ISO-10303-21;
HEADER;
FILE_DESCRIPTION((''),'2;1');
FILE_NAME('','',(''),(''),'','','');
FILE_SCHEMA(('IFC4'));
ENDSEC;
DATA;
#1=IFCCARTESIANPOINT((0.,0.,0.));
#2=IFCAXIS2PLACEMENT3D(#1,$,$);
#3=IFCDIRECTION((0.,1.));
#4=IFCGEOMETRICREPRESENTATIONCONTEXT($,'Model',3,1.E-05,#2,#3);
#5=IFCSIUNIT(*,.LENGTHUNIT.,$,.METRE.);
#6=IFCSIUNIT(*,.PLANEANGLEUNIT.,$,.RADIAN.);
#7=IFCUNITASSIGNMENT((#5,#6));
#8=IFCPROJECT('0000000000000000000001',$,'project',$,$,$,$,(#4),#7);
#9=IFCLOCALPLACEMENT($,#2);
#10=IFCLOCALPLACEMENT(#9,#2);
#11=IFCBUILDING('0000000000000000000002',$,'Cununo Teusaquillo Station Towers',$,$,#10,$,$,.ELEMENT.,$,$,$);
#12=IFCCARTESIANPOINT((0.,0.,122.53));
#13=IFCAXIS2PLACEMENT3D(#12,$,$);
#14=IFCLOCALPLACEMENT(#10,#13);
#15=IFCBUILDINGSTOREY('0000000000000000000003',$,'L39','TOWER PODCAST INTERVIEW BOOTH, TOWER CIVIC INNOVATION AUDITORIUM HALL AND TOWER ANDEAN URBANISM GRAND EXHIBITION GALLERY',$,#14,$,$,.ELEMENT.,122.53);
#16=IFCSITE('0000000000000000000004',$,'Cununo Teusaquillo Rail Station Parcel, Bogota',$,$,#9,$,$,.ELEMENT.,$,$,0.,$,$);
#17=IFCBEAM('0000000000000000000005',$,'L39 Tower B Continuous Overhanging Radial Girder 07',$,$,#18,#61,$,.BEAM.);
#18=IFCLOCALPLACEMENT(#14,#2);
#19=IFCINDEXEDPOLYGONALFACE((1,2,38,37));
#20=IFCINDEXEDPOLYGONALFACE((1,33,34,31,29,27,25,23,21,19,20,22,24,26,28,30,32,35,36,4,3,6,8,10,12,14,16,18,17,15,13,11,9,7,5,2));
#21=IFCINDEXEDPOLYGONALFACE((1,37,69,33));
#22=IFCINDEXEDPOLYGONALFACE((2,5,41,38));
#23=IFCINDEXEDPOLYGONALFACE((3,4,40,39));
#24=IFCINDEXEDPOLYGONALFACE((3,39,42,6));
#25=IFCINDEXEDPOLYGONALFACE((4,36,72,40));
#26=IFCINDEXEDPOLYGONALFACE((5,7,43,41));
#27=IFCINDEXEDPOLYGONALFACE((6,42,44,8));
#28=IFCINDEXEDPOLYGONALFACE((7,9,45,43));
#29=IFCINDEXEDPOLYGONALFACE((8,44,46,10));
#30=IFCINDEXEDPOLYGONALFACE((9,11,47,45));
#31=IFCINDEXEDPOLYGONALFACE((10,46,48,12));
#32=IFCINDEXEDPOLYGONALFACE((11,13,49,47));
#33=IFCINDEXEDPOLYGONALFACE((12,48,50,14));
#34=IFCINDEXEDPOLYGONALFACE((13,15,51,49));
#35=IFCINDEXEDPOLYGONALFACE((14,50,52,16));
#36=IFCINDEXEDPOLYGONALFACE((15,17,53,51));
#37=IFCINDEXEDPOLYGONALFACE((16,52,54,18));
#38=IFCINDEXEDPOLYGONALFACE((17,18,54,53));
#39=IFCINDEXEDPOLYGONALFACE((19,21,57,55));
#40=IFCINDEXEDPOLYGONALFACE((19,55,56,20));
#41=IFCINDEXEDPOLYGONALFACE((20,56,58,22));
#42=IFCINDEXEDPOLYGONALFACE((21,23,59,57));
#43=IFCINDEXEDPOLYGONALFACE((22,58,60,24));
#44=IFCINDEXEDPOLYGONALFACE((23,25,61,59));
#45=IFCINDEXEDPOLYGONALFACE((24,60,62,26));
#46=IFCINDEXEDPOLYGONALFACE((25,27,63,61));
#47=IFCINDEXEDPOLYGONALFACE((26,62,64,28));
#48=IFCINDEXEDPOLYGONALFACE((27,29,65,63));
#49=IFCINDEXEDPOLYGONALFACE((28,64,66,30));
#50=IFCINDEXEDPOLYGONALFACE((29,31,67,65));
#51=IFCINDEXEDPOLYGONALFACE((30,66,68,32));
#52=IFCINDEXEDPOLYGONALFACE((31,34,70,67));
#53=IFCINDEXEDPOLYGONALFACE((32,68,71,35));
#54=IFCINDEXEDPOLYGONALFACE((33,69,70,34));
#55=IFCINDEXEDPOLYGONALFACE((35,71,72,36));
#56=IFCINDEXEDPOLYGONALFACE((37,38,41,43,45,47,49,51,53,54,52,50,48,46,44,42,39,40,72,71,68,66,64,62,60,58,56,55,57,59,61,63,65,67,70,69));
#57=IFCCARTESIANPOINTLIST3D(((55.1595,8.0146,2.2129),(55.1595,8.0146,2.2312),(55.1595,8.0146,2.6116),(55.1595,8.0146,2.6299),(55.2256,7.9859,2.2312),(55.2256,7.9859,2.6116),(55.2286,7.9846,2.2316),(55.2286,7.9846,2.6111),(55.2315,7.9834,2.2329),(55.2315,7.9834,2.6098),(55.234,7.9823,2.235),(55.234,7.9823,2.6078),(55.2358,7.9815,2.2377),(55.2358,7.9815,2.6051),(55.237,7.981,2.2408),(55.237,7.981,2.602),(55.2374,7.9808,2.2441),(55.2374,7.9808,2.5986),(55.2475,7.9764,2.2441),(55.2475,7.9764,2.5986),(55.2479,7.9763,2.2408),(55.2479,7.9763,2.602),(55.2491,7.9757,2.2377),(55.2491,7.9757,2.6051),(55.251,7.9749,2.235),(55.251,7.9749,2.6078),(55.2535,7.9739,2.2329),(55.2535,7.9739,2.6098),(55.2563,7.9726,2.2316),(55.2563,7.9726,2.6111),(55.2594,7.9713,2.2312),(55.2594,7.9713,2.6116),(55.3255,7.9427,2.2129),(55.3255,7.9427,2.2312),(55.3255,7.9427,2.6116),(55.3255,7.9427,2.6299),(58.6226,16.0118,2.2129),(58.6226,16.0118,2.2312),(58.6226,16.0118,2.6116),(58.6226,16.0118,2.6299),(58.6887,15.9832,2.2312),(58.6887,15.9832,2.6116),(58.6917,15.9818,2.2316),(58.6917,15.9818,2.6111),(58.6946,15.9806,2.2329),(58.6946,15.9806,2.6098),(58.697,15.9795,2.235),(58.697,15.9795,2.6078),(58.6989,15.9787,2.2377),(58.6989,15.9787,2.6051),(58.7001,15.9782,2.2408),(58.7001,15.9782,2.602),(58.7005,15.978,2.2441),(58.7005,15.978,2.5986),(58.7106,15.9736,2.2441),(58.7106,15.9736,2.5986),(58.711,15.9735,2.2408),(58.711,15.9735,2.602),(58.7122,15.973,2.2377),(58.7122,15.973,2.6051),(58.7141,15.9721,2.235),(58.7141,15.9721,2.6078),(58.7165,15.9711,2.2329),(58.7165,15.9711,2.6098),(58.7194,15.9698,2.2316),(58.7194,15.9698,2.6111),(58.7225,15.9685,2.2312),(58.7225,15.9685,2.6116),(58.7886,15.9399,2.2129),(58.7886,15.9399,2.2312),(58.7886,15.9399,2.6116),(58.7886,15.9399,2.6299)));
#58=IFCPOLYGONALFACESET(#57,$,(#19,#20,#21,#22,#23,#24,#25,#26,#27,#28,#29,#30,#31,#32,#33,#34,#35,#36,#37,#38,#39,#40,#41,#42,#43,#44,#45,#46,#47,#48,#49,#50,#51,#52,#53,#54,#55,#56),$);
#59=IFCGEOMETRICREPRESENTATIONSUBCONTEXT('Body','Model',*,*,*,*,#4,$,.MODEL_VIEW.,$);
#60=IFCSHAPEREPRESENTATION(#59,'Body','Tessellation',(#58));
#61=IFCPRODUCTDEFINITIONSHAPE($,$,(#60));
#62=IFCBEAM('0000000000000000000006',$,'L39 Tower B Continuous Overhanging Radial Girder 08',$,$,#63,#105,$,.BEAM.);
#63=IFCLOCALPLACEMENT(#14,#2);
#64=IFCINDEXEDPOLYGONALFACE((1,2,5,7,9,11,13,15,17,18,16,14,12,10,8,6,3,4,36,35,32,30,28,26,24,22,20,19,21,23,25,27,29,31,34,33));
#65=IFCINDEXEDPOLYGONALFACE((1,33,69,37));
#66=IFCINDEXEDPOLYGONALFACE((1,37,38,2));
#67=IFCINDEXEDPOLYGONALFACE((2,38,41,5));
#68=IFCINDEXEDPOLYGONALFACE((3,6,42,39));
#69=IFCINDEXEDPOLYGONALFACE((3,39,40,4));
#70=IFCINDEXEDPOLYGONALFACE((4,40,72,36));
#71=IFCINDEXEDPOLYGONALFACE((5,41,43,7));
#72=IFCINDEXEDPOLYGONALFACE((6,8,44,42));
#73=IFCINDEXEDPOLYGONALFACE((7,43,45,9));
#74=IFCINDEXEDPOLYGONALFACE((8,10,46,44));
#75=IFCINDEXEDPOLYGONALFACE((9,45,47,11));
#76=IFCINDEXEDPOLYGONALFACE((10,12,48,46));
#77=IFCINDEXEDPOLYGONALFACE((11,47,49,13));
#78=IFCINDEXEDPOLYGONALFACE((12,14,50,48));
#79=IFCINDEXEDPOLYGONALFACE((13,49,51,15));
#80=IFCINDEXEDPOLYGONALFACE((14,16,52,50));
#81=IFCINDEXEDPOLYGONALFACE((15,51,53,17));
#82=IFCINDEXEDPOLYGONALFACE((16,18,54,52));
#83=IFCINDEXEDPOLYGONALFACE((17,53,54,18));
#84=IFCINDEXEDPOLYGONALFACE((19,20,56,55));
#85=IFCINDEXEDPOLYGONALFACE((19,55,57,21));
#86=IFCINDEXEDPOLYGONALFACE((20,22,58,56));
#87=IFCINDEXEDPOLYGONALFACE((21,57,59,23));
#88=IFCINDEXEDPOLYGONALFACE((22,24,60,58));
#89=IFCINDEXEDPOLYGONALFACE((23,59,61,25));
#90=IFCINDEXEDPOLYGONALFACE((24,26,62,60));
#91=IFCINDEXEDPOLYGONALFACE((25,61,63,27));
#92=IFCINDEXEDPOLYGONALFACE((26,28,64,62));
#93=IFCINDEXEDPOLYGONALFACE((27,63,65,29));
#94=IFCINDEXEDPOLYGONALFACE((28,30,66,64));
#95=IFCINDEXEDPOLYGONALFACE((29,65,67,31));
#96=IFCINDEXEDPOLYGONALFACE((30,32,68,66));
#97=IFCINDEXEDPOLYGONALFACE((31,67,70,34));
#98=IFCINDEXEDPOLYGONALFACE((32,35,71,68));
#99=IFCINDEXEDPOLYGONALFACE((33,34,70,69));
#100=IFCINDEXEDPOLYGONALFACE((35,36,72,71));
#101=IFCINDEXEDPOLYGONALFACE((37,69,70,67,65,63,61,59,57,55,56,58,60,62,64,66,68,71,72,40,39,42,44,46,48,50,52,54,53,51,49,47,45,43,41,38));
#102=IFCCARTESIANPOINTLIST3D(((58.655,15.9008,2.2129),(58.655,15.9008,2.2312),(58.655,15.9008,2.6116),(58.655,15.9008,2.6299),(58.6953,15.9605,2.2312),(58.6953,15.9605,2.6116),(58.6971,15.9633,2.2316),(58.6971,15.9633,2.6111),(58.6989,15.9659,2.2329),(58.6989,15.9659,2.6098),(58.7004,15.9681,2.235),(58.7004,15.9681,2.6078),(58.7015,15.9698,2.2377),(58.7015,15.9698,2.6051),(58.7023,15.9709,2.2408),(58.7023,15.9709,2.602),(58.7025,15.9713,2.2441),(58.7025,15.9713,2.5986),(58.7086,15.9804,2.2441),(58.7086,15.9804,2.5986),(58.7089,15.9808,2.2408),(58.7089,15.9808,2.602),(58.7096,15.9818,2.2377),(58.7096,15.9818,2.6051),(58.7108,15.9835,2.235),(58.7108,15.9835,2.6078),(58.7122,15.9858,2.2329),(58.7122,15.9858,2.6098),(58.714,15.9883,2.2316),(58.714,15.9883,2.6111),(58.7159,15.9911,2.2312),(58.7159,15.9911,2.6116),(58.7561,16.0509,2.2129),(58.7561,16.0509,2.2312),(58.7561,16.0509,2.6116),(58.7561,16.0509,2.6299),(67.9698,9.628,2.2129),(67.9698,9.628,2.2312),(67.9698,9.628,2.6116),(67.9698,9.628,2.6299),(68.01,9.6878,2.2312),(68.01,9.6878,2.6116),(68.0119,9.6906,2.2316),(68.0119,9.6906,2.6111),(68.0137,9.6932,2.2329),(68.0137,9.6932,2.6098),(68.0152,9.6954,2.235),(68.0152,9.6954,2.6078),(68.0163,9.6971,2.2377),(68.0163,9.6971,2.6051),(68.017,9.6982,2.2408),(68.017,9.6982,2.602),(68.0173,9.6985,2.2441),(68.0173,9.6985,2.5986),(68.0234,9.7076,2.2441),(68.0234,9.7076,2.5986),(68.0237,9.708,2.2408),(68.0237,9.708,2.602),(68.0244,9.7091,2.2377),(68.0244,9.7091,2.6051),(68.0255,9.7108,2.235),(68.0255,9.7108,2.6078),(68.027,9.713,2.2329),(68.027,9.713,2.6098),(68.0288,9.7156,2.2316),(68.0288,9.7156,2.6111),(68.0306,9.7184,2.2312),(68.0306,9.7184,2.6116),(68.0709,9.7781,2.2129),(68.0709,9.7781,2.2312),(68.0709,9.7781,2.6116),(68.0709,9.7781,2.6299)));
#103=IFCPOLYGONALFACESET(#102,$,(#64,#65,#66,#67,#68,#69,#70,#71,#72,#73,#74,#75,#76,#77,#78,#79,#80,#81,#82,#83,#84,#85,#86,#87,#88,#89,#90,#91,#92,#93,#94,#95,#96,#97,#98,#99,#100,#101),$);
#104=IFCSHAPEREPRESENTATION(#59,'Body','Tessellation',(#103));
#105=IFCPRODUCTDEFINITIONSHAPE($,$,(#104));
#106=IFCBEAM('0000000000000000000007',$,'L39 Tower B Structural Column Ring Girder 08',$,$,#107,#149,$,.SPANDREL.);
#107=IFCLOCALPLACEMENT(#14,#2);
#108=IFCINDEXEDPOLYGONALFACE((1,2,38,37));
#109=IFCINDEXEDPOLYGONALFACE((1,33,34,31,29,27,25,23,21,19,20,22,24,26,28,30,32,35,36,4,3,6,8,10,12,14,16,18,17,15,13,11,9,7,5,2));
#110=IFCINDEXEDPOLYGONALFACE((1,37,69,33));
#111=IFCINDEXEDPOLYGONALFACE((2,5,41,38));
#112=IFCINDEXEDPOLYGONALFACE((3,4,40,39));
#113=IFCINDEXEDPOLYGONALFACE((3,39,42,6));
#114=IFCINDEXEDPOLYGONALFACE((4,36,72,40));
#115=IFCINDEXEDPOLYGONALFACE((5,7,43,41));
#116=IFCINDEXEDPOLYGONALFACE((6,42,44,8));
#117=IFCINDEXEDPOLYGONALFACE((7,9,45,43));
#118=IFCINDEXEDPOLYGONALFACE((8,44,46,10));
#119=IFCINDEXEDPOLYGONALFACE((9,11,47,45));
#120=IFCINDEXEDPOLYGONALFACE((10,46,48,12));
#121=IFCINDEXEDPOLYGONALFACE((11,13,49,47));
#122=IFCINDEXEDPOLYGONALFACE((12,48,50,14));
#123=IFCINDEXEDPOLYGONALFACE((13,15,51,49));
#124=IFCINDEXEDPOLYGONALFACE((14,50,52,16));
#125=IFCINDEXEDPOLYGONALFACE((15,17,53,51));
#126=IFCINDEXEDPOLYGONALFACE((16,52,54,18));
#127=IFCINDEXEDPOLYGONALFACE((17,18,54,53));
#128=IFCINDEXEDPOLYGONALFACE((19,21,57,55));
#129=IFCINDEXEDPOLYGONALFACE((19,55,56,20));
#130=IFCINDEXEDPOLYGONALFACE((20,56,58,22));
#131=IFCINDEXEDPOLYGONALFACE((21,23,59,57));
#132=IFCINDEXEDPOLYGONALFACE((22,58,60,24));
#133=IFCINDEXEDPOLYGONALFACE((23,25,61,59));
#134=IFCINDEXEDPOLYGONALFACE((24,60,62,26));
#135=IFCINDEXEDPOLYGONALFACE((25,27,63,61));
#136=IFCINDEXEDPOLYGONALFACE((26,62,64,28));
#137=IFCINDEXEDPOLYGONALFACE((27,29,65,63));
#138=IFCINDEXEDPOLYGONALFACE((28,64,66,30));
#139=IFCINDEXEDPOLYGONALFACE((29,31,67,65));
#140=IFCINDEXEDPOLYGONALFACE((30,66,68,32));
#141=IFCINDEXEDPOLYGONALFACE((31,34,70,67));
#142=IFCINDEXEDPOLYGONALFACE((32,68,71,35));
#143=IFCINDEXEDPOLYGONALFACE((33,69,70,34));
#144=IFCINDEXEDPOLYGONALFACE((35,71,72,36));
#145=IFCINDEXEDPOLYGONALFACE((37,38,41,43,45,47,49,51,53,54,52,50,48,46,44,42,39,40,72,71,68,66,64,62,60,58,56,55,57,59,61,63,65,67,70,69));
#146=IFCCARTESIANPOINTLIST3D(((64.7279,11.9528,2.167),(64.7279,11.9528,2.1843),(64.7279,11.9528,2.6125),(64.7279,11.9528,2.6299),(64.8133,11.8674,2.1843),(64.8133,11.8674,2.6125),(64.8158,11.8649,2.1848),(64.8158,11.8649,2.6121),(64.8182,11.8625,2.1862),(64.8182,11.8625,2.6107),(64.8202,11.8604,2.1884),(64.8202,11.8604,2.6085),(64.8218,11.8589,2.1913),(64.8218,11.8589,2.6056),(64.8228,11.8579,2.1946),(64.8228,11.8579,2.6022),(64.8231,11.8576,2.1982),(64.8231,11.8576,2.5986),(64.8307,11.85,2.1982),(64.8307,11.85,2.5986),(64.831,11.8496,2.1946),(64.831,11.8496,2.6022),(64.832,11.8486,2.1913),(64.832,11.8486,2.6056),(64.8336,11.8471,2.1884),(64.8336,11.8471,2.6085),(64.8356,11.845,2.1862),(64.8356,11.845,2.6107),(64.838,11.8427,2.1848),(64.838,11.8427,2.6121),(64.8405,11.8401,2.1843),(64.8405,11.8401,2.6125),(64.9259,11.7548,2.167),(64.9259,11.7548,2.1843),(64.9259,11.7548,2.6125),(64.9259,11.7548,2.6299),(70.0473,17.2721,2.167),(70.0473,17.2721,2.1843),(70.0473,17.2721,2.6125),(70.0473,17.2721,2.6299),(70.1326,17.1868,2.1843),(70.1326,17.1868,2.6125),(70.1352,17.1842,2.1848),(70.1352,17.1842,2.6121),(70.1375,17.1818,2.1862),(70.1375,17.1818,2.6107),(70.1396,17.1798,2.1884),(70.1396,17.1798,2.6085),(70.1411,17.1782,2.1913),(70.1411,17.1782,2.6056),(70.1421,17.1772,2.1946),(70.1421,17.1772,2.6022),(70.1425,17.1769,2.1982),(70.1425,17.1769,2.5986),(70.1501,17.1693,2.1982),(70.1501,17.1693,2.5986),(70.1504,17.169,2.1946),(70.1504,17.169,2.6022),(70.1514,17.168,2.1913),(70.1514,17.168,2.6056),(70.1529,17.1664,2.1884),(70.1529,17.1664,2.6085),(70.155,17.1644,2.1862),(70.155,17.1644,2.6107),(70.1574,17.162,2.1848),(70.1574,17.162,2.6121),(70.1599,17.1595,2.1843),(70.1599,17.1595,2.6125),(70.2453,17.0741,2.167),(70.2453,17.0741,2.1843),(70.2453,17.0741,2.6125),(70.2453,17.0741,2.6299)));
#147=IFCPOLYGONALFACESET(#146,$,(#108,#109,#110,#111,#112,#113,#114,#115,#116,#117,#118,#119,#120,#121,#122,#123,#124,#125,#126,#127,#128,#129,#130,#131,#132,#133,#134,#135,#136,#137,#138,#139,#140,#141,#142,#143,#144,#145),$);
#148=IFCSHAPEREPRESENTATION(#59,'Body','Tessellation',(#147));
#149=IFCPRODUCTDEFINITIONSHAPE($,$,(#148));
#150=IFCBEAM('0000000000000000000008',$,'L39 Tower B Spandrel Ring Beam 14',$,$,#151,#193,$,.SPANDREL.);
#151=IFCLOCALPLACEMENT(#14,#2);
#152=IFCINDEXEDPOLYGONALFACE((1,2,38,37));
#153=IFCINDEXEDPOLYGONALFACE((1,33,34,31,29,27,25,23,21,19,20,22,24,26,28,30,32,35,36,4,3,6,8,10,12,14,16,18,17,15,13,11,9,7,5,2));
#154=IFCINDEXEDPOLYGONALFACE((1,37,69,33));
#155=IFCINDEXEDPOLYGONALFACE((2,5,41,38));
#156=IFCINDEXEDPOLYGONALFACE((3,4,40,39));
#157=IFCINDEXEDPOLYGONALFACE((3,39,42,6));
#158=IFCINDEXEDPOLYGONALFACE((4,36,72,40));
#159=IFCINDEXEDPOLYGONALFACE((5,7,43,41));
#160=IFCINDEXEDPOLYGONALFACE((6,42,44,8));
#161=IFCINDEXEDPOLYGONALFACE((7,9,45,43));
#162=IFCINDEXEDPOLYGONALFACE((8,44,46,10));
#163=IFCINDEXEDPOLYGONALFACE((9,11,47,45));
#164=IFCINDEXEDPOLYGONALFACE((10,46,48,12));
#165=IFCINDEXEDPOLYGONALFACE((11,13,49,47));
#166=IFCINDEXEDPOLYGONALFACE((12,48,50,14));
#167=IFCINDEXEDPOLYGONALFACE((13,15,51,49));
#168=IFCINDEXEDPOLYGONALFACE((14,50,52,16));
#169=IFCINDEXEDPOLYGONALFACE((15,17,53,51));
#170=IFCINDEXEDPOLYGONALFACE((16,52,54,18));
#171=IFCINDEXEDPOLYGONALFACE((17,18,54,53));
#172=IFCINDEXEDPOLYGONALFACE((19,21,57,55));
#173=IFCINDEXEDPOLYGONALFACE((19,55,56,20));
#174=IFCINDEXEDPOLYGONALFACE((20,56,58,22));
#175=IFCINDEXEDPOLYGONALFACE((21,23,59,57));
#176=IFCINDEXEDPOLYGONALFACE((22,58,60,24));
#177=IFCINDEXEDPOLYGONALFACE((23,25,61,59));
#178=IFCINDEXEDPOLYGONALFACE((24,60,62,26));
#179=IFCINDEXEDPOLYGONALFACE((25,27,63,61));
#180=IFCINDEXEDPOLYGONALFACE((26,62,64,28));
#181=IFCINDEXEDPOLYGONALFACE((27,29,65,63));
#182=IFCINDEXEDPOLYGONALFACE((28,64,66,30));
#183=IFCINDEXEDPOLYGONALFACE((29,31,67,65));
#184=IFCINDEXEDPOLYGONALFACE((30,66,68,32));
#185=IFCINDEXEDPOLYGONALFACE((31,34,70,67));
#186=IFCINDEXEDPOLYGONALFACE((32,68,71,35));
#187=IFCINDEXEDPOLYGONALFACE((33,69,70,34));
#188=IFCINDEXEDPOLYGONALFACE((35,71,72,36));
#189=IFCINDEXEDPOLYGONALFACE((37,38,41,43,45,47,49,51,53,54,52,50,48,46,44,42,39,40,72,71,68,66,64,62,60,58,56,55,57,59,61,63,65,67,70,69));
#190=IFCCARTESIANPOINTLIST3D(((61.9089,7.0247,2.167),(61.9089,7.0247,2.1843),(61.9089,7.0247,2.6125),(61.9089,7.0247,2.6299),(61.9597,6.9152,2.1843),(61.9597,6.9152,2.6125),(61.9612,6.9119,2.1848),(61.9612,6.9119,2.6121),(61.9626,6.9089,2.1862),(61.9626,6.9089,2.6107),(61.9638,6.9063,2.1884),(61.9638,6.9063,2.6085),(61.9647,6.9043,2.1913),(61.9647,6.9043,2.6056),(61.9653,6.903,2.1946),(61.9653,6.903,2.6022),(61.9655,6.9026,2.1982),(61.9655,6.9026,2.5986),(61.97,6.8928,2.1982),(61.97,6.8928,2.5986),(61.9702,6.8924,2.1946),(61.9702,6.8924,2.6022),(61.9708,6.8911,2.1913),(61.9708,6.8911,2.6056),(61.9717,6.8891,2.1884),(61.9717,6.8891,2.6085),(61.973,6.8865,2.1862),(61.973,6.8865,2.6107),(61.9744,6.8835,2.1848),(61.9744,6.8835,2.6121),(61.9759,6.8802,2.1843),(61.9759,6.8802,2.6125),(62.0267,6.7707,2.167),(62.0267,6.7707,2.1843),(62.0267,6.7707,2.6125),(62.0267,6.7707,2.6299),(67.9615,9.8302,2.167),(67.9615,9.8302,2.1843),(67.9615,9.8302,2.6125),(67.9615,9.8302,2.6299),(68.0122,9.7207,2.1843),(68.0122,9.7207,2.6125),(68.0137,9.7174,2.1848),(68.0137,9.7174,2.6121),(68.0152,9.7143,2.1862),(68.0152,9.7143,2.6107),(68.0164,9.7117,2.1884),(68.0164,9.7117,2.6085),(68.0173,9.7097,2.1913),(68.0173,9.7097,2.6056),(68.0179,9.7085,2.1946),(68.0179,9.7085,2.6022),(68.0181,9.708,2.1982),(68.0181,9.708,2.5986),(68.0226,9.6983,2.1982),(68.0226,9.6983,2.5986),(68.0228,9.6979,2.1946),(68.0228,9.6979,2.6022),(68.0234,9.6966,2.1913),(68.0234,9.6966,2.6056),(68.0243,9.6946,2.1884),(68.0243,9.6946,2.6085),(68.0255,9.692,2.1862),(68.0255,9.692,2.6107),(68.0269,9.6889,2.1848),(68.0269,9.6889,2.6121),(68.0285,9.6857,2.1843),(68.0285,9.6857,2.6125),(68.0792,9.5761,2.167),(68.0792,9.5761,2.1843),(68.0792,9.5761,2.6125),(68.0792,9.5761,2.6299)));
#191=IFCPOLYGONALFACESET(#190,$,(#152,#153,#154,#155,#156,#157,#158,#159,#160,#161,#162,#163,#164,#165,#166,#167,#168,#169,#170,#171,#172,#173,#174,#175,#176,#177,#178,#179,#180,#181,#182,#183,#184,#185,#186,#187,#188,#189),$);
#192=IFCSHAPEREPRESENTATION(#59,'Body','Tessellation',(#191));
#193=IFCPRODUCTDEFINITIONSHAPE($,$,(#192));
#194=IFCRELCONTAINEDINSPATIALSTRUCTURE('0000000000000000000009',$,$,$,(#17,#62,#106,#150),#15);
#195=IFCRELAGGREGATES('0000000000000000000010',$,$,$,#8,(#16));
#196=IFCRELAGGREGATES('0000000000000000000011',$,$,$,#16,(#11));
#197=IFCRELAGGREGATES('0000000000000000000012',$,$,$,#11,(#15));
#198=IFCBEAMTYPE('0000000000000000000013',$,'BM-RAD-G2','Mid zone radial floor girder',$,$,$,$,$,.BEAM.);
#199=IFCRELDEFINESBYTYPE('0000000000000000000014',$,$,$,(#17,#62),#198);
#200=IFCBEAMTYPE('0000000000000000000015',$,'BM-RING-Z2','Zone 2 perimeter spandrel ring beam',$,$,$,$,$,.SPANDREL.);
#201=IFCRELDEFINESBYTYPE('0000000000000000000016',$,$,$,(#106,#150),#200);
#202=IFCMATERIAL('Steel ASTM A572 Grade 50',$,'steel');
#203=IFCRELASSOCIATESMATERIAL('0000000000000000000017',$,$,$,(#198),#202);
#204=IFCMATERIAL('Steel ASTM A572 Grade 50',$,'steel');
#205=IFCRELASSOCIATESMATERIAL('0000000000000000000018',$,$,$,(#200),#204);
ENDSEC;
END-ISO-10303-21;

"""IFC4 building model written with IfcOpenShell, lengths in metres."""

from ifc_helpers import new_model, si_unit, direction, frame, origin, origin_2d, place, context, subcontext, project, spatial, i_section, extrude, material, material_profile, profile_set, type_object, element, save


model = new_model("IFC4")

# Units and contexts
model_context = context("Model", 3, precision=1e-05, world=origin(), true_north=direction((0.0, 1.0)))
body_context = subcontext(model_context, "Body", "Model", "MODEL_VIEW")
ifc_project = project(units=[si_unit("LENGTHUNIT", "METRE"), si_unit("PLANEANGLEUNIT", "RADIAN")], contexts=[model_context])

# Site, building, storey
site_placement = place(None, origin())
site = spatial("IfcSite", under=ifc_project, at=site_placement, Name="Cununo Teusaquillo Rail Station Parcel, Bogota", CompositionType="ELEMENT", RefElevation=0.0)
building_placement = place(site_placement, origin())
building = spatial("IfcBuilding", under=site, at=building_placement, Name="Cununo Teusaquillo Station Towers", CompositionType="ELEMENT")
storey_placement = place(building_placement, frame((0.0, 0.0, 122.53)))
storey = spatial("IfcBuildingStorey", under=building, at=storey_placement, Name="L39", Description="TOWER PODCAST INTERVIEW BOOTH, TOWER CIVIC INNOVATION AUDITORIUM HALL AND TOWER ANDEAN URBANISM GRAND EXHIBITION GALLERY", CompositionType="ELEMENT", Elevation=122.53)

# Beams
ifc_material_1 = material(Name="Steel ASTM A572 Grade 50", Category="steel")
ifc_material_profile_1 = material_profile(ifc_material_1, i_section(OverallWidth=0.1809, OverallDepth=0.417, WebThickness=0.011, FlangeThickness=0.0183, FilletRadius=0.0129, at=origin_2d()), Name="W16X57")
ifc_profile_set_1 = profile_set([ifc_material_profile_1], Name="Steel ASTM A572 Grade 50")
beam_type_1 = type_object("IfcBeamType", Name="BM-RAD-G2", Description="Mid zone radial floor girder", PredefinedType="BEAM", material=ifc_profile_set_1)
beam_1_placement = place(storey_placement, frame((58.7056, 15.9758, 2.4214), z_axis=(-0.397379, -0.917655, 0.0), x_axis=(0.917655, -0.397379, 0.0)))
element("IfcBeam", 1, at=beam_1_placement, inside=storey, type_object=beam_type_1, Name="L39 Tower B Continuous Overhanging Radial Girder 07", PredefinedType="BEAM", context=body_context, shape_type="SweptSolid", body=[
    extrude(i_section(OverallWidth=0.1809, OverallDepth=0.417, WebThickness=0.011, FlangeThickness=0.0183, FilletRadius=0.0129, at=origin_2d()), origin(), (0.0, 0.0, 1.0), 8.7148),
])
beam_2_placement = place(storey_placement, frame((58.7056, 15.9758, 2.4214), z_axis=(0.829456, -0.558572, 0.0), x_axis=(0.558572, 0.829456, 0.0)))
element("IfcBeam", 2, at=beam_2_placement, inside=storey, type_object=beam_type_1, Name="L39 Tower B Continuous Overhanging Radial Girder 08", PredefinedType="BEAM", context=body_context, shape_type="SweptSolid", body=[
    extrude(i_section(OverallWidth=0.1809, OverallDepth=0.417, WebThickness=0.011, FlangeThickness=0.0183, FilletRadius=0.0129, at=origin_2d()), origin(), (0.0, 0.0, 1.0), 11.23),
])
ifc_material_2 = material(Name="Steel ASTM A572 Grade 50", Category="steel")
ifc_material_profile_2 = material_profile(ifc_material_2, i_section(OverallWidth=0.28, OverallDepth=0.4629, WebThickness=0.0107, FlangeThickness=0.0173, FilletRadius=0.0139, at=origin_2d()), Name="W18X76")
ifc_profile_set_2 = profile_set([ifc_material_profile_2], Name="Steel ASTM A572 Grade 50")
beam_type_2 = type_object("IfcBeamType", Name="BM-RING-Z2", Description="Zone 2 perimeter spandrel ring beam", PredefinedType="SPANDREL", material=ifc_profile_set_2)
beam_3_placement = place(storey_placement, frame((64.8269, 11.8538, 2.3984), z_axis=(0.707107, 0.707107, 0.0), x_axis=(-0.707107, 0.707107, 0.0)))
element("IfcBeam", 3, at=beam_3_placement, inside=storey, type_object=beam_type_2, Name="L39 Tower B Structural Column Ring Girder 08", PredefinedType="SPANDREL", context=body_context, shape_type="SweptSolid", body=[
    extrude(i_section(OverallWidth=0.28, OverallDepth=0.4629, WebThickness=0.0107, FlangeThickness=0.0173, FilletRadius=0.0139, at=origin_2d()), origin(), (0.0, 0.0, 1.0), 7.5227),
])
beam_4_placement = place(storey_placement, frame((61.9678, 6.8977, 2.3984), z_axis=(0.907276, 0.420536, 0.0), x_axis=(-0.420536, 0.907276, 0.0)))
element("IfcBeam", 4, at=beam_4_placement, inside=storey, type_object=beam_type_2, Name="L39 Tower B Spandrel Ring Beam 14", PredefinedType="SPANDREL", context=body_context, shape_type="SweptSolid", body=[
    extrude(i_section(OverallWidth=0.28, OverallDepth=0.4629, WebThickness=0.0107, FlangeThickness=0.0173, FilletRadius=0.0139, at=origin_2d()), origin(), (0.0, 0.0, 1.0), 6.6711),
])

save(model, "model.ifc")
